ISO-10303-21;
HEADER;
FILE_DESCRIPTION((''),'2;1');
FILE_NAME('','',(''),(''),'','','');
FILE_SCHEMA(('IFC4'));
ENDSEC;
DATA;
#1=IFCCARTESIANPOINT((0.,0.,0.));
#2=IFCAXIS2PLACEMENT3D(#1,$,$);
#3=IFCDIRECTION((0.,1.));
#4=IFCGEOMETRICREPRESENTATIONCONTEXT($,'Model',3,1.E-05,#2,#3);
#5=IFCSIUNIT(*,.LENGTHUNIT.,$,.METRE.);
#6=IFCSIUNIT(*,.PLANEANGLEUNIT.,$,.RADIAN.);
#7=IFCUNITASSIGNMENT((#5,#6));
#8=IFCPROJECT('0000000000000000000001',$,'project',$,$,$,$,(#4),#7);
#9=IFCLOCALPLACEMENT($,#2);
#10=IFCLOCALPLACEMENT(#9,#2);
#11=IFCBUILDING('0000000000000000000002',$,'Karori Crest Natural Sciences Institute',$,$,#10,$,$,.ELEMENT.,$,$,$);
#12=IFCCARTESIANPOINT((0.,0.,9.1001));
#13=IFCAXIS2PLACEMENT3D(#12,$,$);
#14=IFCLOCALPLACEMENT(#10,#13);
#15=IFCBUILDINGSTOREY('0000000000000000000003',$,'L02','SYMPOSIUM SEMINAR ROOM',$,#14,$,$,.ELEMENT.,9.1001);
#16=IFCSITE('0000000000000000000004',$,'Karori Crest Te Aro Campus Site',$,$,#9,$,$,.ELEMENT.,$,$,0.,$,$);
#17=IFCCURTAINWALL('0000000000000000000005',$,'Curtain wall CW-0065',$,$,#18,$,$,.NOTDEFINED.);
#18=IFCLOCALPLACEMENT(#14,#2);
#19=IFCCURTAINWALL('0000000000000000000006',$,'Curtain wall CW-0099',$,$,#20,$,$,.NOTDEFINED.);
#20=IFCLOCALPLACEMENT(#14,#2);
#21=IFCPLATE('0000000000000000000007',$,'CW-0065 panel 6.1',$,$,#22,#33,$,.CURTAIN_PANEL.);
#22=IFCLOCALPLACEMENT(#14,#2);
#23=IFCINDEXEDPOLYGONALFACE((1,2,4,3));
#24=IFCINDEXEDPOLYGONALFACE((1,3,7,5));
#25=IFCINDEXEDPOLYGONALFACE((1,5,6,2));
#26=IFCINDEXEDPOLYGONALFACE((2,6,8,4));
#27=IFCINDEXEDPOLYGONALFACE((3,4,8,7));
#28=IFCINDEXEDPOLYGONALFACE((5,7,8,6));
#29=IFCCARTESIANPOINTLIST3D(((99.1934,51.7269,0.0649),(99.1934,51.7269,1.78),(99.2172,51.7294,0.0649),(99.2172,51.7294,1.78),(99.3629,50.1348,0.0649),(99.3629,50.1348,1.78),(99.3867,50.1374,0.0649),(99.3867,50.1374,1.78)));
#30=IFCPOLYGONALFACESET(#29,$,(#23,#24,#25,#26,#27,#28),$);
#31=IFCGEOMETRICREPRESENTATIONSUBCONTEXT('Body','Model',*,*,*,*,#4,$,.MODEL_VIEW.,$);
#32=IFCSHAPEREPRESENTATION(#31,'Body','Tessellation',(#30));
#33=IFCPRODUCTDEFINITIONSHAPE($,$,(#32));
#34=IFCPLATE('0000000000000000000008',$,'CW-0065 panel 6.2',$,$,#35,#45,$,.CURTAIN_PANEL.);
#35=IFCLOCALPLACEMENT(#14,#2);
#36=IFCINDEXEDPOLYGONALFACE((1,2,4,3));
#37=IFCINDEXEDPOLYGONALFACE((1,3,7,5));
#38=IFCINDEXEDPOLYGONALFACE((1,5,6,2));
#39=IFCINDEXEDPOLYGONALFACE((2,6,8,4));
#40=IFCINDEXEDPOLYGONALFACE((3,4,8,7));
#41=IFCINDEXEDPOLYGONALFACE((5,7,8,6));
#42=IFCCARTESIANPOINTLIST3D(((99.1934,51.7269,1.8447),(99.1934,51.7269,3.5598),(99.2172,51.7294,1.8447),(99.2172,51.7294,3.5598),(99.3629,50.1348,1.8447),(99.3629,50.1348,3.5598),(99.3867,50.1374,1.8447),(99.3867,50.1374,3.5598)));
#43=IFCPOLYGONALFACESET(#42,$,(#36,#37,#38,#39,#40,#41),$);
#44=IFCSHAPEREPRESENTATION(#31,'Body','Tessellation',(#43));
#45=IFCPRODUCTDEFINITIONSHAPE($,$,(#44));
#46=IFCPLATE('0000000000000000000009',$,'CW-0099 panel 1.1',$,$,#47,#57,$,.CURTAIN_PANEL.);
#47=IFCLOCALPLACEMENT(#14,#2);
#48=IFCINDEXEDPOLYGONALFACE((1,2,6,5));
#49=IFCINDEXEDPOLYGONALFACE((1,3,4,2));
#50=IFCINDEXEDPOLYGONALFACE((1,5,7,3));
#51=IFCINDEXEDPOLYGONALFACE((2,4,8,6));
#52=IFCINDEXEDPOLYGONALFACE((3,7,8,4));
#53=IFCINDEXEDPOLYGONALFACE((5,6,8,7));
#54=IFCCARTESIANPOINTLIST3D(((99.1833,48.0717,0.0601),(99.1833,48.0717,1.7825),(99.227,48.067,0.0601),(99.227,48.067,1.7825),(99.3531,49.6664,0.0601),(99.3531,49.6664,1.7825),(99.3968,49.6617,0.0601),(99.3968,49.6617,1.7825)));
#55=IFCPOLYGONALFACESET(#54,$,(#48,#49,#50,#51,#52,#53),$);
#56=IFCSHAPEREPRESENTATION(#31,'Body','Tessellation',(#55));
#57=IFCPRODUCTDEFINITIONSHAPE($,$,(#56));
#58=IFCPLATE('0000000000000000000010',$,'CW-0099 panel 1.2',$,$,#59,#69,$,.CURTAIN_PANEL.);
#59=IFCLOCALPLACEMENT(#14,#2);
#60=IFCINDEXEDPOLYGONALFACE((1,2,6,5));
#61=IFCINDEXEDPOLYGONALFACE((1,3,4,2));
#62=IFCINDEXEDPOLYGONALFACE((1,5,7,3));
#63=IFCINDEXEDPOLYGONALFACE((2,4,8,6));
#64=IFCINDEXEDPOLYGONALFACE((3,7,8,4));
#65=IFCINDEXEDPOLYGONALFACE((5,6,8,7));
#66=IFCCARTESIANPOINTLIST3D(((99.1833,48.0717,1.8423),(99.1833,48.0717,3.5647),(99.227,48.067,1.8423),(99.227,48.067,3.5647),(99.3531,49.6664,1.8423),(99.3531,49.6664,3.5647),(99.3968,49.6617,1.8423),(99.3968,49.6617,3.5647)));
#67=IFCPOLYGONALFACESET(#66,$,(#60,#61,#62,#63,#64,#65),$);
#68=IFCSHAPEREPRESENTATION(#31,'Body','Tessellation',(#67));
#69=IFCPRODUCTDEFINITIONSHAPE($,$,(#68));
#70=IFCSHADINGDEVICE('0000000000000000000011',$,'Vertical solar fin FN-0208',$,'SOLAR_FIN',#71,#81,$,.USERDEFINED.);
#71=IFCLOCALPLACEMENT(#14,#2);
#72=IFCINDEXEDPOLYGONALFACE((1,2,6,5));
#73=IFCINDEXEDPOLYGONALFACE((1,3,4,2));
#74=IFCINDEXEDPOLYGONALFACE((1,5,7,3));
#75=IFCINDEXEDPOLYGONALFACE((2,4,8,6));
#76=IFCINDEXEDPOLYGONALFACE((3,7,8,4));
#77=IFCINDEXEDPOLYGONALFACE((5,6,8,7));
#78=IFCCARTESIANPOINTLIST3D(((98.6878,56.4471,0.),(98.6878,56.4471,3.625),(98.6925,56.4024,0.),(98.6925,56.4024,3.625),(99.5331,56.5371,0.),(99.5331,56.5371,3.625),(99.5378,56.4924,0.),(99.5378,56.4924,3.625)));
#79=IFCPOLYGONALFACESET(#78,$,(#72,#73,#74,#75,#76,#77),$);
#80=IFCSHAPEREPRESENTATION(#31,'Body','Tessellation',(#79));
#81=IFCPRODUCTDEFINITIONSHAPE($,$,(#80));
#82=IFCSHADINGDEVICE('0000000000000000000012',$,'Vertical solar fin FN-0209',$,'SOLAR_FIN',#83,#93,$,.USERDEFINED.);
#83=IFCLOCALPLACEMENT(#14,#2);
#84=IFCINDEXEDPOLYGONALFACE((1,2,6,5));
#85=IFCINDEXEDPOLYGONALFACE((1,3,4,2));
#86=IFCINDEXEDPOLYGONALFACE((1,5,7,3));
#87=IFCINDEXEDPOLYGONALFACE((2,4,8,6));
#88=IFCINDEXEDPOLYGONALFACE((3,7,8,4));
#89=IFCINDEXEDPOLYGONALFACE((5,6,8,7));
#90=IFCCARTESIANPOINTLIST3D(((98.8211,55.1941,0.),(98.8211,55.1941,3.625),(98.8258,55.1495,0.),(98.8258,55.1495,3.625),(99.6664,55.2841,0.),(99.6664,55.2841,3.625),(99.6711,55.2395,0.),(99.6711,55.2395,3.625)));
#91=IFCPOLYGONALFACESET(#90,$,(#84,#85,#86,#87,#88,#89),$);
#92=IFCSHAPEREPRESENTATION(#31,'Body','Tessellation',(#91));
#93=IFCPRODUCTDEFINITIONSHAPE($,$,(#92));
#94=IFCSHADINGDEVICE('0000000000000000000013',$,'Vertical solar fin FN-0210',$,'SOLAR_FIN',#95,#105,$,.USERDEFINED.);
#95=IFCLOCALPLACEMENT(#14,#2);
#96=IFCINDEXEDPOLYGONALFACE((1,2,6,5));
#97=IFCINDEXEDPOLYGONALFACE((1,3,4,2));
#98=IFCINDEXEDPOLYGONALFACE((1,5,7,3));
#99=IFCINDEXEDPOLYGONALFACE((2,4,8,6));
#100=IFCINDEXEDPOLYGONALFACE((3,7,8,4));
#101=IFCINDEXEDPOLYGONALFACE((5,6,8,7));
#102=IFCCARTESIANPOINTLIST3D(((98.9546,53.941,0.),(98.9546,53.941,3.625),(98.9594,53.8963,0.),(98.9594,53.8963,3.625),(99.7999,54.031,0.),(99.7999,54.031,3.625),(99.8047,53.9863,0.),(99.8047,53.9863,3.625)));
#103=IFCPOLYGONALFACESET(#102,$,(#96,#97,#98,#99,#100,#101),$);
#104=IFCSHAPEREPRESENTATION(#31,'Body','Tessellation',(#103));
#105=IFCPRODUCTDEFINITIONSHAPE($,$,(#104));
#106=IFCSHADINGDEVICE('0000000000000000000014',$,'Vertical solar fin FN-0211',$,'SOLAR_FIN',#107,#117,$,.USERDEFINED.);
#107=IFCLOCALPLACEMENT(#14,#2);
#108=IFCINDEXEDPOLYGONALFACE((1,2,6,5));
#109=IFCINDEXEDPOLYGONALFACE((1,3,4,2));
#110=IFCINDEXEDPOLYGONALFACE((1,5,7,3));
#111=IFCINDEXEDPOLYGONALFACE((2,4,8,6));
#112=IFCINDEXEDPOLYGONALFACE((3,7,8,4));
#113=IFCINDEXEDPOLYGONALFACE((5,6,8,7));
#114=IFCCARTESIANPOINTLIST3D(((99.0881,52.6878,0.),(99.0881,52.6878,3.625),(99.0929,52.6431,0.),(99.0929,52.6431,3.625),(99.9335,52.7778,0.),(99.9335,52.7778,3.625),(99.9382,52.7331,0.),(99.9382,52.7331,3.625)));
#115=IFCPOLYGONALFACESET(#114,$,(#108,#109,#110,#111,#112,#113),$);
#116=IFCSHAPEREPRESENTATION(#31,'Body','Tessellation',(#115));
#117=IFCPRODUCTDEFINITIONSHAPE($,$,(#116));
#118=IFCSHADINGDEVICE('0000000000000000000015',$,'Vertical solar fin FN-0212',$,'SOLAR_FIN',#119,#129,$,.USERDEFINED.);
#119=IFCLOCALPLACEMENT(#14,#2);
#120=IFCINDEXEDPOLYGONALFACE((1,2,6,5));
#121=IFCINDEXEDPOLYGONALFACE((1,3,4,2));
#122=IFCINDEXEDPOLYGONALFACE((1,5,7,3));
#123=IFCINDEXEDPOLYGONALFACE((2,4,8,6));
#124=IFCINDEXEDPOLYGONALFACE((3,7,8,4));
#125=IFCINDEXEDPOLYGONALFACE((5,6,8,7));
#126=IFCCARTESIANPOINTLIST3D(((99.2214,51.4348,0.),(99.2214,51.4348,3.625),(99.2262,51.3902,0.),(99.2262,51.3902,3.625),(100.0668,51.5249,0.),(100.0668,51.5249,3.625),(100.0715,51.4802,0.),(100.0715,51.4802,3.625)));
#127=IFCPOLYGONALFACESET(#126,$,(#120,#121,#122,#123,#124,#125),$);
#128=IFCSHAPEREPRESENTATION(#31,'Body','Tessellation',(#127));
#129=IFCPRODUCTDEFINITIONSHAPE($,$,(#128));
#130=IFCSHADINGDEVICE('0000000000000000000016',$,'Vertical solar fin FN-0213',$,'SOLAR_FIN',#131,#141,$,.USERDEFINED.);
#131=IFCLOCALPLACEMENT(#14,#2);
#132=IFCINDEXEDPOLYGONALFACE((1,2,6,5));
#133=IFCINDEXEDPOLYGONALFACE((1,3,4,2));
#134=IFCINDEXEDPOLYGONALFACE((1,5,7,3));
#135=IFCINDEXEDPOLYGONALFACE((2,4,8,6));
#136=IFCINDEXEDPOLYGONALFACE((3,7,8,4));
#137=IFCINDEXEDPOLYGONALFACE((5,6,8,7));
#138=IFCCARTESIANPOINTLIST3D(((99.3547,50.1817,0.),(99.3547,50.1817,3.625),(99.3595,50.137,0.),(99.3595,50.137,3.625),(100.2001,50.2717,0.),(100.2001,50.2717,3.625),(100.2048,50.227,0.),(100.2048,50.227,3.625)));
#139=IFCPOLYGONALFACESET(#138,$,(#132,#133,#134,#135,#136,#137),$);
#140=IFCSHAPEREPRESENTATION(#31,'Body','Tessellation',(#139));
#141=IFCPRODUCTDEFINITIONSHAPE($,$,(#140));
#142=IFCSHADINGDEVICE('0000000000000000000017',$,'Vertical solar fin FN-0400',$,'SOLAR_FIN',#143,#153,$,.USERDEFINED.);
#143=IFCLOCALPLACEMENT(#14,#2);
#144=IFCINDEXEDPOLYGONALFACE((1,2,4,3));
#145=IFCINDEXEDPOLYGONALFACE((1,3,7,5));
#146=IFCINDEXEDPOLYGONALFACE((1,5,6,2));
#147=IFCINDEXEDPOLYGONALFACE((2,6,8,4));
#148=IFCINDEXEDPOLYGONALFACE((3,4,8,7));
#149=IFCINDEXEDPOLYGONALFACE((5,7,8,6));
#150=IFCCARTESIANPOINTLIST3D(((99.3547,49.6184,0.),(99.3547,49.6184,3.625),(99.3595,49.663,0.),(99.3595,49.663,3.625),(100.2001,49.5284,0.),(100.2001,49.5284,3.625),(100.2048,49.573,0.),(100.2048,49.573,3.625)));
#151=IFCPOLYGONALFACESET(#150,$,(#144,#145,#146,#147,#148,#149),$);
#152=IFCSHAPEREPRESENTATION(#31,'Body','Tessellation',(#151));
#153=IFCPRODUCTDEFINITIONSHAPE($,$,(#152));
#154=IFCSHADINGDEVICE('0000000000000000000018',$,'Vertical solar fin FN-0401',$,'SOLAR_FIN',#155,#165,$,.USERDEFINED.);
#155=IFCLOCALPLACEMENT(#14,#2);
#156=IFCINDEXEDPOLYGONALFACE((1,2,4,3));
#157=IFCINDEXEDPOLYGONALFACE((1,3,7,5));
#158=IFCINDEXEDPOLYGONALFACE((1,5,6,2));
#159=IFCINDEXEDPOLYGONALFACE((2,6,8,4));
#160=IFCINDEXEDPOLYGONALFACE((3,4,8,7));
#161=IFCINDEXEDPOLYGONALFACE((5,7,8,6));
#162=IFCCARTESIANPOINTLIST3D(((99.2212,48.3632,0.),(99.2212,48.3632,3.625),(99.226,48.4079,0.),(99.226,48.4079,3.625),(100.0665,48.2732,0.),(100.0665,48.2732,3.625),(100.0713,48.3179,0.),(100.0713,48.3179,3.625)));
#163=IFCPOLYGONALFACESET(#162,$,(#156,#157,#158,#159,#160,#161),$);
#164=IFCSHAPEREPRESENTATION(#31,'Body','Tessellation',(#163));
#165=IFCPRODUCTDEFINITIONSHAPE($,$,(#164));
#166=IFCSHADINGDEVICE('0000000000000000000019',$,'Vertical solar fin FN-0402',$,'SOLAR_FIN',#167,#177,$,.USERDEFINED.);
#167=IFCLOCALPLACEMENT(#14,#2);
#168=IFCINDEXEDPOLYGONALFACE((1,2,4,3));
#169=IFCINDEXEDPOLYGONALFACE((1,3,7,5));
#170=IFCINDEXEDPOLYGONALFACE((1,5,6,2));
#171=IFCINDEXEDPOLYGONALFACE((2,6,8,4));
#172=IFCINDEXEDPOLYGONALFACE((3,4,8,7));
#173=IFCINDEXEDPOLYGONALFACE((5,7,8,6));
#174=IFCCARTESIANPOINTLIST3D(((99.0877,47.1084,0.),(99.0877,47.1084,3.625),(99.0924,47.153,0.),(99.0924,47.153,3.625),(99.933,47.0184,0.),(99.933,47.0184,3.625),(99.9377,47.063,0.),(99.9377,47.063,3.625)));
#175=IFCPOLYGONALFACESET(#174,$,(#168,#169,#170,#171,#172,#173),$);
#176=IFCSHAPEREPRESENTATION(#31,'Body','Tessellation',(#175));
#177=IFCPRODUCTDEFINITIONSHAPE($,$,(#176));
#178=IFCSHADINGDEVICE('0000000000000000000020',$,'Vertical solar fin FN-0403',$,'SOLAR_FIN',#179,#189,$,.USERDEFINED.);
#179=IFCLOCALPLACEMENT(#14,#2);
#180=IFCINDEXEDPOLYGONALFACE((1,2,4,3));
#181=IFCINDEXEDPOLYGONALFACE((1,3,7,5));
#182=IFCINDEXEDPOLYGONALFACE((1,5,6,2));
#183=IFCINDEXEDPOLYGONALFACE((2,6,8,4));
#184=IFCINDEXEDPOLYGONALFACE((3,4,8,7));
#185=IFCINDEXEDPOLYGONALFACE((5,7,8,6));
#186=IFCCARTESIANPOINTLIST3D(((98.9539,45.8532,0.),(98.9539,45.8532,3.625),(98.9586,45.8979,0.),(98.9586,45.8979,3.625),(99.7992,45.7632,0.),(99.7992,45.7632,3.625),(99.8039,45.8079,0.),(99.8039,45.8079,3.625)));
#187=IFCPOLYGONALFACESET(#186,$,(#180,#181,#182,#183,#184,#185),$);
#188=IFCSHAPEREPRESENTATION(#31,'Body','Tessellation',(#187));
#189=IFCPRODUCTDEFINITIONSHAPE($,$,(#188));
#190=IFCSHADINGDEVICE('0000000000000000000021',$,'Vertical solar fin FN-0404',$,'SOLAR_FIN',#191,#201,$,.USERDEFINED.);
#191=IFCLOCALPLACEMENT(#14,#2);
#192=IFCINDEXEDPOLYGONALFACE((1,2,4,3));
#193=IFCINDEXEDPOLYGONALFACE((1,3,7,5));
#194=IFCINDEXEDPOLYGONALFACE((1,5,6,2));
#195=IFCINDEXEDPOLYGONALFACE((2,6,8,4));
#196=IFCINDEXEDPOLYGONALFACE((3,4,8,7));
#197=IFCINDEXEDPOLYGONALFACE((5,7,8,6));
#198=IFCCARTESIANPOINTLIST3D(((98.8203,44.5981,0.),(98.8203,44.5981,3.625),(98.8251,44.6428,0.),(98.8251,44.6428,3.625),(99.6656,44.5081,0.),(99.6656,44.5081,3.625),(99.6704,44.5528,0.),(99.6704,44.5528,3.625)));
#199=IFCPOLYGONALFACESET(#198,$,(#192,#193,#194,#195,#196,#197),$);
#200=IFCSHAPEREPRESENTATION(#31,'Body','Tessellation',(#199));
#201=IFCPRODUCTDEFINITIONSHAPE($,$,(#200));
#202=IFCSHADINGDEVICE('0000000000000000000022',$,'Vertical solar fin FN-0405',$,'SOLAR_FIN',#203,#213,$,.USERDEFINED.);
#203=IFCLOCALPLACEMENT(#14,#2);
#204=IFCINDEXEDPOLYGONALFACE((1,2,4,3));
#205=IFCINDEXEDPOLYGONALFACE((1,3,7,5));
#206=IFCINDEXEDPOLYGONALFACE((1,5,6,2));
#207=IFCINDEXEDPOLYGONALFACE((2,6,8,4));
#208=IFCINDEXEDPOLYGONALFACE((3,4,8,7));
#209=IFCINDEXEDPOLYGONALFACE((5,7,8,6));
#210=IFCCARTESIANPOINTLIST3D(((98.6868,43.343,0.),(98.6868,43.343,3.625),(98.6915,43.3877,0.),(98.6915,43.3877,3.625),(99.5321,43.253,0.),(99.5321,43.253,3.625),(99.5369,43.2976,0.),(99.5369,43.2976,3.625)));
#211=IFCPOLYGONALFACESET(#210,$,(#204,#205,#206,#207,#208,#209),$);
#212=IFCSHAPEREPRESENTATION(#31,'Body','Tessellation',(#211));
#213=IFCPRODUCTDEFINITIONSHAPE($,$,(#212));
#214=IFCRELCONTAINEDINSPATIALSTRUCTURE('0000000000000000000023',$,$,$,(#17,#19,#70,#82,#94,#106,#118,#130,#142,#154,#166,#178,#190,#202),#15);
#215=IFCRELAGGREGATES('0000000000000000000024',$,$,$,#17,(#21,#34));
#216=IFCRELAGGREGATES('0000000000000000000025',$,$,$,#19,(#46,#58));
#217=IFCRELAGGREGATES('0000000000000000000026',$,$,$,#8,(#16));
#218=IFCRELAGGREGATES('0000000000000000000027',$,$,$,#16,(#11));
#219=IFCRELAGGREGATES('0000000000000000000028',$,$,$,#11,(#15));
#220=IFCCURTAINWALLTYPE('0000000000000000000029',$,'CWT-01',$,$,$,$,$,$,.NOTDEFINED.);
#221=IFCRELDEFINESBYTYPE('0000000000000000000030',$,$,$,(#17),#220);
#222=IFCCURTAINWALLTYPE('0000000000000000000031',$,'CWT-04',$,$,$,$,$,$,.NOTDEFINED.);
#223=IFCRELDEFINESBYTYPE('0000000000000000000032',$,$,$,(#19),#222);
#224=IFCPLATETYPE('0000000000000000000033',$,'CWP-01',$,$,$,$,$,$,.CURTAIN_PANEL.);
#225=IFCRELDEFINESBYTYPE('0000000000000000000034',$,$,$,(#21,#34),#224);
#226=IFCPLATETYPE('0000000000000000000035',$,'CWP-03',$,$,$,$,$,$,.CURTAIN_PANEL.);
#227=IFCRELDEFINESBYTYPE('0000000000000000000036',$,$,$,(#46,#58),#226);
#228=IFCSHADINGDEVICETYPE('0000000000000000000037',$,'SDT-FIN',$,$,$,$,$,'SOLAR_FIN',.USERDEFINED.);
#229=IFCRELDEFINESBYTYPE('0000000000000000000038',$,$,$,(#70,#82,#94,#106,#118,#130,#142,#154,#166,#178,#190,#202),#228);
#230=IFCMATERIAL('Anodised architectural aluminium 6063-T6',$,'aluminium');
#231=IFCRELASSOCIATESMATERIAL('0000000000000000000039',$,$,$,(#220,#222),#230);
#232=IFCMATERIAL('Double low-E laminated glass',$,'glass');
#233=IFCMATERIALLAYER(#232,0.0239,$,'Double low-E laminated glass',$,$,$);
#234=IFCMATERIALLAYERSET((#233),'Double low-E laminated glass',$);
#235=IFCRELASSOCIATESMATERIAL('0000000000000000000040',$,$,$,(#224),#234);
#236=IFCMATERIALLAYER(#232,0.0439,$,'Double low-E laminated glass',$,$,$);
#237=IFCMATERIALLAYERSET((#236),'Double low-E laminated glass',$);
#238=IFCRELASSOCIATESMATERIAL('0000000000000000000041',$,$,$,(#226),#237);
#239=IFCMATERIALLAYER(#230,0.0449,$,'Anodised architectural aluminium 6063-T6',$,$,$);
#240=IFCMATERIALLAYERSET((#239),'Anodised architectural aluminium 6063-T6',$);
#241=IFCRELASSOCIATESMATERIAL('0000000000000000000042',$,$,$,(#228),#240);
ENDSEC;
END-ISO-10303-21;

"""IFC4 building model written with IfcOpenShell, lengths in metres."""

from ifc_helpers import new_model, si_unit, direction, frame, origin, origin_2d, place, context, subcontext, project, spatial, rectangle, extrude, material, layer, layer_set, type_object, element, aggregate, save


model = new_model("IFC4")

# Units and contexts
model_context = context("Model", 3, precision=1e-05, world=origin(), true_north=direction((0.0, 1.0)))
body_context = subcontext(model_context, "Body", "Model", "MODEL_VIEW")
ifc_project = project(units=[si_unit("LENGTHUNIT", "METRE"), si_unit("PLANEANGLEUNIT", "RADIAN")], contexts=[model_context])

# Site, building, storey
site_placement = place(None, origin())
site = spatial("IfcSite", under=ifc_project, at=site_placement, Name="Karori Crest Te Aro Campus Site", CompositionType="ELEMENT", RefElevation=0.0)
building_placement = place(site_placement, origin())
building = spatial("IfcBuilding", under=site, at=building_placement, Name="Karori Crest Natural Sciences Institute", CompositionType="ELEMENT")
storey_placement = place(building_placement, frame((0.0, 0.0, 9.1001)))
storey = spatial("IfcBuildingStorey", under=building, at=storey_placement, Name="L02", Description="SYMPOSIUM SEMINAR ROOM", CompositionType="ELEMENT", Elevation=9.1001)

# Curtain walls
ifc_material_1 = material(Name="Anodised architectural aluminium 6063-T6", Category="aluminium")
curtain_wall_type_1 = type_object("IfcCurtainWallType", Name="CWT-01", PredefinedType="NOTDEFINED", material=ifc_material_1)
curtain_wall_1_placement = place(storey_placement, origin())
curtain_wall_1 = element("IfcCurtainWall", 1, at=curtain_wall_1_placement, inside=storey, type_object=curtain_wall_type_1, Name="Curtain wall CW-0065", PredefinedType="NOTDEFINED")
curtain_wall_type_2 = type_object("IfcCurtainWallType", Name="CWT-04", PredefinedType="NOTDEFINED", material=ifc_material_1)
curtain_wall_2_placement = place(storey_placement, origin())
curtain_wall_2 = element("IfcCurtainWall", 2, at=curtain_wall_2_placement, inside=storey, type_object=curtain_wall_type_2, Name="Curtain wall CW-0099", PredefinedType="NOTDEFINED")

# Plates
ifc_material_2 = material(Name="Double low-E laminated glass", Category="glass")
ifc_layer_1 = layer(ifc_material_2, 0.0239, Name="Double low-E laminated glass")
ifc_layer_set_1 = layer_set([ifc_layer_1], Name="Double low-E laminated glass")
plate_type_1 = type_object("IfcPlateType", Name="CWP-01", PredefinedType="CURTAIN_PANEL", material=ifc_layer_set_1)
plate_1_placement = place(storey_placement, frame((99.29, 50.9321, 0.0649), z_axis=(0.0, 0.0, 1.0), x_axis=(0.105882, -0.994379, 0.0)))
plate_1 = element("IfcPlate", 3, at=plate_1_placement, type_object=plate_type_1, Name="CW-0065 panel 6.1", PredefinedType="CURTAIN_PANEL", context=body_context, shape_type="SweptSolid", body=[
    extrude(rectangle(XDim=1.6011, YDim=0.0239, at=origin_2d()), origin(), (0.0, 0.0, 1.0), 1.7151),
])
plate_2_placement = place(storey_placement, frame((99.29, 50.9321, 1.8447), z_axis=(0.0, 0.0, 1.0), x_axis=(0.105882, -0.994379, 0.0)))
plate_2 = element("IfcPlate", 4, at=plate_2_placement, type_object=plate_type_1, Name="CW-0065 panel 6.2", PredefinedType="CURTAIN_PANEL", context=body_context, shape_type="SweptSolid", body=[
    extrude(rectangle(XDim=1.6011, YDim=0.0239, at=origin_2d()), origin(), (0.0, 0.0, 1.0), 1.7151),
])
aggregate(curtain_wall_1, [plate_1, plate_2])
ifc_layer_2 = layer(ifc_material_2, 0.0439, Name="Double low-E laminated glass")
ifc_layer_set_2 = layer_set([ifc_layer_2], Name="Double low-E laminated glass")
plate_type_2 = type_object("IfcPlateType", Name="CWP-03", PredefinedType="CURTAIN_PANEL", material=ifc_layer_set_2)
plate_3_placement = place(storey_placement, frame((99.29, 48.8667, 0.0601), z_axis=(0.0, 0.0, 1.0), x_axis=(-0.105884, -0.994378, 0.0)))
plate_3 = element("IfcPlate", 5, at=plate_3_placement, type_object=plate_type_2, Name="CW-0099 panel 1.1", PredefinedType="CURTAIN_PANEL", context=body_context, shape_type="SweptSolid", body=[
    extrude(rectangle(XDim=1.6038, YDim=0.0439, at=origin_2d()), origin(), (0.0, 0.0, 1.0), 1.7224),
])
plate_4_placement = place(storey_placement, frame((99.29, 48.8667, 1.8423), z_axis=(0.0, 0.0, 1.0), x_axis=(-0.105884, -0.994378, 0.0)))
plate_4 = element("IfcPlate", 6, at=plate_4_placement, type_object=plate_type_2, Name="CW-0099 panel 1.2", PredefinedType="CURTAIN_PANEL", context=body_context, shape_type="SweptSolid", body=[
    extrude(rectangle(XDim=1.6038, YDim=0.0439, at=origin_2d()), origin(), (0.0, 0.0, 1.0), 1.7224),
])
aggregate(curtain_wall_2, [plate_3, plate_4])

# Shading devices
ifc_layer_3 = layer(ifc_material_1, 0.0449, Name="Anodised architectural aluminium 6063-T6")
ifc_layer_set_3 = layer_set([ifc_layer_3], Name="Anodised architectural aluminium 6063-T6")
shading_device_type = type_object("IfcShadingDeviceType", Name="SDT-FIN", ElementType="SOLAR_FIN", PredefinedType="USERDEFINED", material=ifc_layer_set_3)
for number, where, z_axis, x_axis, name in (
    (7, (99.1128, 56.4697, 0.0), (0.0, 0.0, 1.0), (0.994379, 0.105882, 0.0), "Vertical solar fin FN-0208"),
    (8, (99.2461, 55.2168, 0.0), (0.0, 0.0, 1.0), (0.994379, 0.105882, 0.0), "Vertical solar fin FN-0209"),
    (9, (99.3796, 53.9636, 0.0), (0.0, 0.0, 1.0), (0.994379, 0.105882, 0.0), "Vertical solar fin FN-0210"),
    (10, (99.5132, 52.7104, 0.0), (0.0, 0.0, 1.0), (0.994379, 0.105882, 0.0), "Vertical solar fin FN-0211"),
    (11, (99.6465, 51.4575, 0.0), (0.0, 0.0, 1.0), (0.994379, 0.105882, 0.0), "Vertical solar fin FN-0212"),
    (12, (99.7798, 50.2043, 0.0), (0.0, 0.0, 1.0), (0.994379, 0.105882, 0.0), "Vertical solar fin FN-0213"),
    (13, (99.7798, 49.5957, 0.0), (0.0, 0.0, 1.0), (0.994378, -0.105884, 0.0), "Vertical solar fin FN-0400"),
    (14, (99.6462, 48.3406, 0.0), (0.0, 0.0, 1.0), (0.994378, -0.105884, 0.0), "Vertical solar fin FN-0401"),
    (15, (99.5127, 47.0857, 0.0), (0.0, 0.0, 1.0), (0.994378, -0.105884, 0.0), "Vertical solar fin FN-0402"),
    (16, (99.3789, 45.8306, 0.0), (0.0, 0.0, 1.0), (0.994378, -0.105884, 0.0), "Vertical solar fin FN-0403"),
    (17, (99.2454, 44.5754, 0.0), (0.0, 0.0, 1.0), (0.994378, -0.105884, 0.0), "Vertical solar fin FN-0404"),
    (18, (99.1118, 43.3203, 0.0), (0.0, 0.0, 1.0), (0.994378, -0.105884, 0.0), "Vertical solar fin FN-0405"),
):
    element("IfcShadingDevice", number, at=place(storey_placement, frame(where, z_axis=z_axis, x_axis=x_axis)), inside=storey, type_object=shading_device_type, Name=name, ObjectType="SOLAR_FIN", PredefinedType="USERDEFINED", context=body_context, shape_type="SweptSolid", body=[
        extrude(rectangle(XDim=0.8501, YDim=0.0449, at=origin_2d()), origin(), (0.0, 0.0, 1.0), 3.625),
    ])

save(model, "model.ifc")
